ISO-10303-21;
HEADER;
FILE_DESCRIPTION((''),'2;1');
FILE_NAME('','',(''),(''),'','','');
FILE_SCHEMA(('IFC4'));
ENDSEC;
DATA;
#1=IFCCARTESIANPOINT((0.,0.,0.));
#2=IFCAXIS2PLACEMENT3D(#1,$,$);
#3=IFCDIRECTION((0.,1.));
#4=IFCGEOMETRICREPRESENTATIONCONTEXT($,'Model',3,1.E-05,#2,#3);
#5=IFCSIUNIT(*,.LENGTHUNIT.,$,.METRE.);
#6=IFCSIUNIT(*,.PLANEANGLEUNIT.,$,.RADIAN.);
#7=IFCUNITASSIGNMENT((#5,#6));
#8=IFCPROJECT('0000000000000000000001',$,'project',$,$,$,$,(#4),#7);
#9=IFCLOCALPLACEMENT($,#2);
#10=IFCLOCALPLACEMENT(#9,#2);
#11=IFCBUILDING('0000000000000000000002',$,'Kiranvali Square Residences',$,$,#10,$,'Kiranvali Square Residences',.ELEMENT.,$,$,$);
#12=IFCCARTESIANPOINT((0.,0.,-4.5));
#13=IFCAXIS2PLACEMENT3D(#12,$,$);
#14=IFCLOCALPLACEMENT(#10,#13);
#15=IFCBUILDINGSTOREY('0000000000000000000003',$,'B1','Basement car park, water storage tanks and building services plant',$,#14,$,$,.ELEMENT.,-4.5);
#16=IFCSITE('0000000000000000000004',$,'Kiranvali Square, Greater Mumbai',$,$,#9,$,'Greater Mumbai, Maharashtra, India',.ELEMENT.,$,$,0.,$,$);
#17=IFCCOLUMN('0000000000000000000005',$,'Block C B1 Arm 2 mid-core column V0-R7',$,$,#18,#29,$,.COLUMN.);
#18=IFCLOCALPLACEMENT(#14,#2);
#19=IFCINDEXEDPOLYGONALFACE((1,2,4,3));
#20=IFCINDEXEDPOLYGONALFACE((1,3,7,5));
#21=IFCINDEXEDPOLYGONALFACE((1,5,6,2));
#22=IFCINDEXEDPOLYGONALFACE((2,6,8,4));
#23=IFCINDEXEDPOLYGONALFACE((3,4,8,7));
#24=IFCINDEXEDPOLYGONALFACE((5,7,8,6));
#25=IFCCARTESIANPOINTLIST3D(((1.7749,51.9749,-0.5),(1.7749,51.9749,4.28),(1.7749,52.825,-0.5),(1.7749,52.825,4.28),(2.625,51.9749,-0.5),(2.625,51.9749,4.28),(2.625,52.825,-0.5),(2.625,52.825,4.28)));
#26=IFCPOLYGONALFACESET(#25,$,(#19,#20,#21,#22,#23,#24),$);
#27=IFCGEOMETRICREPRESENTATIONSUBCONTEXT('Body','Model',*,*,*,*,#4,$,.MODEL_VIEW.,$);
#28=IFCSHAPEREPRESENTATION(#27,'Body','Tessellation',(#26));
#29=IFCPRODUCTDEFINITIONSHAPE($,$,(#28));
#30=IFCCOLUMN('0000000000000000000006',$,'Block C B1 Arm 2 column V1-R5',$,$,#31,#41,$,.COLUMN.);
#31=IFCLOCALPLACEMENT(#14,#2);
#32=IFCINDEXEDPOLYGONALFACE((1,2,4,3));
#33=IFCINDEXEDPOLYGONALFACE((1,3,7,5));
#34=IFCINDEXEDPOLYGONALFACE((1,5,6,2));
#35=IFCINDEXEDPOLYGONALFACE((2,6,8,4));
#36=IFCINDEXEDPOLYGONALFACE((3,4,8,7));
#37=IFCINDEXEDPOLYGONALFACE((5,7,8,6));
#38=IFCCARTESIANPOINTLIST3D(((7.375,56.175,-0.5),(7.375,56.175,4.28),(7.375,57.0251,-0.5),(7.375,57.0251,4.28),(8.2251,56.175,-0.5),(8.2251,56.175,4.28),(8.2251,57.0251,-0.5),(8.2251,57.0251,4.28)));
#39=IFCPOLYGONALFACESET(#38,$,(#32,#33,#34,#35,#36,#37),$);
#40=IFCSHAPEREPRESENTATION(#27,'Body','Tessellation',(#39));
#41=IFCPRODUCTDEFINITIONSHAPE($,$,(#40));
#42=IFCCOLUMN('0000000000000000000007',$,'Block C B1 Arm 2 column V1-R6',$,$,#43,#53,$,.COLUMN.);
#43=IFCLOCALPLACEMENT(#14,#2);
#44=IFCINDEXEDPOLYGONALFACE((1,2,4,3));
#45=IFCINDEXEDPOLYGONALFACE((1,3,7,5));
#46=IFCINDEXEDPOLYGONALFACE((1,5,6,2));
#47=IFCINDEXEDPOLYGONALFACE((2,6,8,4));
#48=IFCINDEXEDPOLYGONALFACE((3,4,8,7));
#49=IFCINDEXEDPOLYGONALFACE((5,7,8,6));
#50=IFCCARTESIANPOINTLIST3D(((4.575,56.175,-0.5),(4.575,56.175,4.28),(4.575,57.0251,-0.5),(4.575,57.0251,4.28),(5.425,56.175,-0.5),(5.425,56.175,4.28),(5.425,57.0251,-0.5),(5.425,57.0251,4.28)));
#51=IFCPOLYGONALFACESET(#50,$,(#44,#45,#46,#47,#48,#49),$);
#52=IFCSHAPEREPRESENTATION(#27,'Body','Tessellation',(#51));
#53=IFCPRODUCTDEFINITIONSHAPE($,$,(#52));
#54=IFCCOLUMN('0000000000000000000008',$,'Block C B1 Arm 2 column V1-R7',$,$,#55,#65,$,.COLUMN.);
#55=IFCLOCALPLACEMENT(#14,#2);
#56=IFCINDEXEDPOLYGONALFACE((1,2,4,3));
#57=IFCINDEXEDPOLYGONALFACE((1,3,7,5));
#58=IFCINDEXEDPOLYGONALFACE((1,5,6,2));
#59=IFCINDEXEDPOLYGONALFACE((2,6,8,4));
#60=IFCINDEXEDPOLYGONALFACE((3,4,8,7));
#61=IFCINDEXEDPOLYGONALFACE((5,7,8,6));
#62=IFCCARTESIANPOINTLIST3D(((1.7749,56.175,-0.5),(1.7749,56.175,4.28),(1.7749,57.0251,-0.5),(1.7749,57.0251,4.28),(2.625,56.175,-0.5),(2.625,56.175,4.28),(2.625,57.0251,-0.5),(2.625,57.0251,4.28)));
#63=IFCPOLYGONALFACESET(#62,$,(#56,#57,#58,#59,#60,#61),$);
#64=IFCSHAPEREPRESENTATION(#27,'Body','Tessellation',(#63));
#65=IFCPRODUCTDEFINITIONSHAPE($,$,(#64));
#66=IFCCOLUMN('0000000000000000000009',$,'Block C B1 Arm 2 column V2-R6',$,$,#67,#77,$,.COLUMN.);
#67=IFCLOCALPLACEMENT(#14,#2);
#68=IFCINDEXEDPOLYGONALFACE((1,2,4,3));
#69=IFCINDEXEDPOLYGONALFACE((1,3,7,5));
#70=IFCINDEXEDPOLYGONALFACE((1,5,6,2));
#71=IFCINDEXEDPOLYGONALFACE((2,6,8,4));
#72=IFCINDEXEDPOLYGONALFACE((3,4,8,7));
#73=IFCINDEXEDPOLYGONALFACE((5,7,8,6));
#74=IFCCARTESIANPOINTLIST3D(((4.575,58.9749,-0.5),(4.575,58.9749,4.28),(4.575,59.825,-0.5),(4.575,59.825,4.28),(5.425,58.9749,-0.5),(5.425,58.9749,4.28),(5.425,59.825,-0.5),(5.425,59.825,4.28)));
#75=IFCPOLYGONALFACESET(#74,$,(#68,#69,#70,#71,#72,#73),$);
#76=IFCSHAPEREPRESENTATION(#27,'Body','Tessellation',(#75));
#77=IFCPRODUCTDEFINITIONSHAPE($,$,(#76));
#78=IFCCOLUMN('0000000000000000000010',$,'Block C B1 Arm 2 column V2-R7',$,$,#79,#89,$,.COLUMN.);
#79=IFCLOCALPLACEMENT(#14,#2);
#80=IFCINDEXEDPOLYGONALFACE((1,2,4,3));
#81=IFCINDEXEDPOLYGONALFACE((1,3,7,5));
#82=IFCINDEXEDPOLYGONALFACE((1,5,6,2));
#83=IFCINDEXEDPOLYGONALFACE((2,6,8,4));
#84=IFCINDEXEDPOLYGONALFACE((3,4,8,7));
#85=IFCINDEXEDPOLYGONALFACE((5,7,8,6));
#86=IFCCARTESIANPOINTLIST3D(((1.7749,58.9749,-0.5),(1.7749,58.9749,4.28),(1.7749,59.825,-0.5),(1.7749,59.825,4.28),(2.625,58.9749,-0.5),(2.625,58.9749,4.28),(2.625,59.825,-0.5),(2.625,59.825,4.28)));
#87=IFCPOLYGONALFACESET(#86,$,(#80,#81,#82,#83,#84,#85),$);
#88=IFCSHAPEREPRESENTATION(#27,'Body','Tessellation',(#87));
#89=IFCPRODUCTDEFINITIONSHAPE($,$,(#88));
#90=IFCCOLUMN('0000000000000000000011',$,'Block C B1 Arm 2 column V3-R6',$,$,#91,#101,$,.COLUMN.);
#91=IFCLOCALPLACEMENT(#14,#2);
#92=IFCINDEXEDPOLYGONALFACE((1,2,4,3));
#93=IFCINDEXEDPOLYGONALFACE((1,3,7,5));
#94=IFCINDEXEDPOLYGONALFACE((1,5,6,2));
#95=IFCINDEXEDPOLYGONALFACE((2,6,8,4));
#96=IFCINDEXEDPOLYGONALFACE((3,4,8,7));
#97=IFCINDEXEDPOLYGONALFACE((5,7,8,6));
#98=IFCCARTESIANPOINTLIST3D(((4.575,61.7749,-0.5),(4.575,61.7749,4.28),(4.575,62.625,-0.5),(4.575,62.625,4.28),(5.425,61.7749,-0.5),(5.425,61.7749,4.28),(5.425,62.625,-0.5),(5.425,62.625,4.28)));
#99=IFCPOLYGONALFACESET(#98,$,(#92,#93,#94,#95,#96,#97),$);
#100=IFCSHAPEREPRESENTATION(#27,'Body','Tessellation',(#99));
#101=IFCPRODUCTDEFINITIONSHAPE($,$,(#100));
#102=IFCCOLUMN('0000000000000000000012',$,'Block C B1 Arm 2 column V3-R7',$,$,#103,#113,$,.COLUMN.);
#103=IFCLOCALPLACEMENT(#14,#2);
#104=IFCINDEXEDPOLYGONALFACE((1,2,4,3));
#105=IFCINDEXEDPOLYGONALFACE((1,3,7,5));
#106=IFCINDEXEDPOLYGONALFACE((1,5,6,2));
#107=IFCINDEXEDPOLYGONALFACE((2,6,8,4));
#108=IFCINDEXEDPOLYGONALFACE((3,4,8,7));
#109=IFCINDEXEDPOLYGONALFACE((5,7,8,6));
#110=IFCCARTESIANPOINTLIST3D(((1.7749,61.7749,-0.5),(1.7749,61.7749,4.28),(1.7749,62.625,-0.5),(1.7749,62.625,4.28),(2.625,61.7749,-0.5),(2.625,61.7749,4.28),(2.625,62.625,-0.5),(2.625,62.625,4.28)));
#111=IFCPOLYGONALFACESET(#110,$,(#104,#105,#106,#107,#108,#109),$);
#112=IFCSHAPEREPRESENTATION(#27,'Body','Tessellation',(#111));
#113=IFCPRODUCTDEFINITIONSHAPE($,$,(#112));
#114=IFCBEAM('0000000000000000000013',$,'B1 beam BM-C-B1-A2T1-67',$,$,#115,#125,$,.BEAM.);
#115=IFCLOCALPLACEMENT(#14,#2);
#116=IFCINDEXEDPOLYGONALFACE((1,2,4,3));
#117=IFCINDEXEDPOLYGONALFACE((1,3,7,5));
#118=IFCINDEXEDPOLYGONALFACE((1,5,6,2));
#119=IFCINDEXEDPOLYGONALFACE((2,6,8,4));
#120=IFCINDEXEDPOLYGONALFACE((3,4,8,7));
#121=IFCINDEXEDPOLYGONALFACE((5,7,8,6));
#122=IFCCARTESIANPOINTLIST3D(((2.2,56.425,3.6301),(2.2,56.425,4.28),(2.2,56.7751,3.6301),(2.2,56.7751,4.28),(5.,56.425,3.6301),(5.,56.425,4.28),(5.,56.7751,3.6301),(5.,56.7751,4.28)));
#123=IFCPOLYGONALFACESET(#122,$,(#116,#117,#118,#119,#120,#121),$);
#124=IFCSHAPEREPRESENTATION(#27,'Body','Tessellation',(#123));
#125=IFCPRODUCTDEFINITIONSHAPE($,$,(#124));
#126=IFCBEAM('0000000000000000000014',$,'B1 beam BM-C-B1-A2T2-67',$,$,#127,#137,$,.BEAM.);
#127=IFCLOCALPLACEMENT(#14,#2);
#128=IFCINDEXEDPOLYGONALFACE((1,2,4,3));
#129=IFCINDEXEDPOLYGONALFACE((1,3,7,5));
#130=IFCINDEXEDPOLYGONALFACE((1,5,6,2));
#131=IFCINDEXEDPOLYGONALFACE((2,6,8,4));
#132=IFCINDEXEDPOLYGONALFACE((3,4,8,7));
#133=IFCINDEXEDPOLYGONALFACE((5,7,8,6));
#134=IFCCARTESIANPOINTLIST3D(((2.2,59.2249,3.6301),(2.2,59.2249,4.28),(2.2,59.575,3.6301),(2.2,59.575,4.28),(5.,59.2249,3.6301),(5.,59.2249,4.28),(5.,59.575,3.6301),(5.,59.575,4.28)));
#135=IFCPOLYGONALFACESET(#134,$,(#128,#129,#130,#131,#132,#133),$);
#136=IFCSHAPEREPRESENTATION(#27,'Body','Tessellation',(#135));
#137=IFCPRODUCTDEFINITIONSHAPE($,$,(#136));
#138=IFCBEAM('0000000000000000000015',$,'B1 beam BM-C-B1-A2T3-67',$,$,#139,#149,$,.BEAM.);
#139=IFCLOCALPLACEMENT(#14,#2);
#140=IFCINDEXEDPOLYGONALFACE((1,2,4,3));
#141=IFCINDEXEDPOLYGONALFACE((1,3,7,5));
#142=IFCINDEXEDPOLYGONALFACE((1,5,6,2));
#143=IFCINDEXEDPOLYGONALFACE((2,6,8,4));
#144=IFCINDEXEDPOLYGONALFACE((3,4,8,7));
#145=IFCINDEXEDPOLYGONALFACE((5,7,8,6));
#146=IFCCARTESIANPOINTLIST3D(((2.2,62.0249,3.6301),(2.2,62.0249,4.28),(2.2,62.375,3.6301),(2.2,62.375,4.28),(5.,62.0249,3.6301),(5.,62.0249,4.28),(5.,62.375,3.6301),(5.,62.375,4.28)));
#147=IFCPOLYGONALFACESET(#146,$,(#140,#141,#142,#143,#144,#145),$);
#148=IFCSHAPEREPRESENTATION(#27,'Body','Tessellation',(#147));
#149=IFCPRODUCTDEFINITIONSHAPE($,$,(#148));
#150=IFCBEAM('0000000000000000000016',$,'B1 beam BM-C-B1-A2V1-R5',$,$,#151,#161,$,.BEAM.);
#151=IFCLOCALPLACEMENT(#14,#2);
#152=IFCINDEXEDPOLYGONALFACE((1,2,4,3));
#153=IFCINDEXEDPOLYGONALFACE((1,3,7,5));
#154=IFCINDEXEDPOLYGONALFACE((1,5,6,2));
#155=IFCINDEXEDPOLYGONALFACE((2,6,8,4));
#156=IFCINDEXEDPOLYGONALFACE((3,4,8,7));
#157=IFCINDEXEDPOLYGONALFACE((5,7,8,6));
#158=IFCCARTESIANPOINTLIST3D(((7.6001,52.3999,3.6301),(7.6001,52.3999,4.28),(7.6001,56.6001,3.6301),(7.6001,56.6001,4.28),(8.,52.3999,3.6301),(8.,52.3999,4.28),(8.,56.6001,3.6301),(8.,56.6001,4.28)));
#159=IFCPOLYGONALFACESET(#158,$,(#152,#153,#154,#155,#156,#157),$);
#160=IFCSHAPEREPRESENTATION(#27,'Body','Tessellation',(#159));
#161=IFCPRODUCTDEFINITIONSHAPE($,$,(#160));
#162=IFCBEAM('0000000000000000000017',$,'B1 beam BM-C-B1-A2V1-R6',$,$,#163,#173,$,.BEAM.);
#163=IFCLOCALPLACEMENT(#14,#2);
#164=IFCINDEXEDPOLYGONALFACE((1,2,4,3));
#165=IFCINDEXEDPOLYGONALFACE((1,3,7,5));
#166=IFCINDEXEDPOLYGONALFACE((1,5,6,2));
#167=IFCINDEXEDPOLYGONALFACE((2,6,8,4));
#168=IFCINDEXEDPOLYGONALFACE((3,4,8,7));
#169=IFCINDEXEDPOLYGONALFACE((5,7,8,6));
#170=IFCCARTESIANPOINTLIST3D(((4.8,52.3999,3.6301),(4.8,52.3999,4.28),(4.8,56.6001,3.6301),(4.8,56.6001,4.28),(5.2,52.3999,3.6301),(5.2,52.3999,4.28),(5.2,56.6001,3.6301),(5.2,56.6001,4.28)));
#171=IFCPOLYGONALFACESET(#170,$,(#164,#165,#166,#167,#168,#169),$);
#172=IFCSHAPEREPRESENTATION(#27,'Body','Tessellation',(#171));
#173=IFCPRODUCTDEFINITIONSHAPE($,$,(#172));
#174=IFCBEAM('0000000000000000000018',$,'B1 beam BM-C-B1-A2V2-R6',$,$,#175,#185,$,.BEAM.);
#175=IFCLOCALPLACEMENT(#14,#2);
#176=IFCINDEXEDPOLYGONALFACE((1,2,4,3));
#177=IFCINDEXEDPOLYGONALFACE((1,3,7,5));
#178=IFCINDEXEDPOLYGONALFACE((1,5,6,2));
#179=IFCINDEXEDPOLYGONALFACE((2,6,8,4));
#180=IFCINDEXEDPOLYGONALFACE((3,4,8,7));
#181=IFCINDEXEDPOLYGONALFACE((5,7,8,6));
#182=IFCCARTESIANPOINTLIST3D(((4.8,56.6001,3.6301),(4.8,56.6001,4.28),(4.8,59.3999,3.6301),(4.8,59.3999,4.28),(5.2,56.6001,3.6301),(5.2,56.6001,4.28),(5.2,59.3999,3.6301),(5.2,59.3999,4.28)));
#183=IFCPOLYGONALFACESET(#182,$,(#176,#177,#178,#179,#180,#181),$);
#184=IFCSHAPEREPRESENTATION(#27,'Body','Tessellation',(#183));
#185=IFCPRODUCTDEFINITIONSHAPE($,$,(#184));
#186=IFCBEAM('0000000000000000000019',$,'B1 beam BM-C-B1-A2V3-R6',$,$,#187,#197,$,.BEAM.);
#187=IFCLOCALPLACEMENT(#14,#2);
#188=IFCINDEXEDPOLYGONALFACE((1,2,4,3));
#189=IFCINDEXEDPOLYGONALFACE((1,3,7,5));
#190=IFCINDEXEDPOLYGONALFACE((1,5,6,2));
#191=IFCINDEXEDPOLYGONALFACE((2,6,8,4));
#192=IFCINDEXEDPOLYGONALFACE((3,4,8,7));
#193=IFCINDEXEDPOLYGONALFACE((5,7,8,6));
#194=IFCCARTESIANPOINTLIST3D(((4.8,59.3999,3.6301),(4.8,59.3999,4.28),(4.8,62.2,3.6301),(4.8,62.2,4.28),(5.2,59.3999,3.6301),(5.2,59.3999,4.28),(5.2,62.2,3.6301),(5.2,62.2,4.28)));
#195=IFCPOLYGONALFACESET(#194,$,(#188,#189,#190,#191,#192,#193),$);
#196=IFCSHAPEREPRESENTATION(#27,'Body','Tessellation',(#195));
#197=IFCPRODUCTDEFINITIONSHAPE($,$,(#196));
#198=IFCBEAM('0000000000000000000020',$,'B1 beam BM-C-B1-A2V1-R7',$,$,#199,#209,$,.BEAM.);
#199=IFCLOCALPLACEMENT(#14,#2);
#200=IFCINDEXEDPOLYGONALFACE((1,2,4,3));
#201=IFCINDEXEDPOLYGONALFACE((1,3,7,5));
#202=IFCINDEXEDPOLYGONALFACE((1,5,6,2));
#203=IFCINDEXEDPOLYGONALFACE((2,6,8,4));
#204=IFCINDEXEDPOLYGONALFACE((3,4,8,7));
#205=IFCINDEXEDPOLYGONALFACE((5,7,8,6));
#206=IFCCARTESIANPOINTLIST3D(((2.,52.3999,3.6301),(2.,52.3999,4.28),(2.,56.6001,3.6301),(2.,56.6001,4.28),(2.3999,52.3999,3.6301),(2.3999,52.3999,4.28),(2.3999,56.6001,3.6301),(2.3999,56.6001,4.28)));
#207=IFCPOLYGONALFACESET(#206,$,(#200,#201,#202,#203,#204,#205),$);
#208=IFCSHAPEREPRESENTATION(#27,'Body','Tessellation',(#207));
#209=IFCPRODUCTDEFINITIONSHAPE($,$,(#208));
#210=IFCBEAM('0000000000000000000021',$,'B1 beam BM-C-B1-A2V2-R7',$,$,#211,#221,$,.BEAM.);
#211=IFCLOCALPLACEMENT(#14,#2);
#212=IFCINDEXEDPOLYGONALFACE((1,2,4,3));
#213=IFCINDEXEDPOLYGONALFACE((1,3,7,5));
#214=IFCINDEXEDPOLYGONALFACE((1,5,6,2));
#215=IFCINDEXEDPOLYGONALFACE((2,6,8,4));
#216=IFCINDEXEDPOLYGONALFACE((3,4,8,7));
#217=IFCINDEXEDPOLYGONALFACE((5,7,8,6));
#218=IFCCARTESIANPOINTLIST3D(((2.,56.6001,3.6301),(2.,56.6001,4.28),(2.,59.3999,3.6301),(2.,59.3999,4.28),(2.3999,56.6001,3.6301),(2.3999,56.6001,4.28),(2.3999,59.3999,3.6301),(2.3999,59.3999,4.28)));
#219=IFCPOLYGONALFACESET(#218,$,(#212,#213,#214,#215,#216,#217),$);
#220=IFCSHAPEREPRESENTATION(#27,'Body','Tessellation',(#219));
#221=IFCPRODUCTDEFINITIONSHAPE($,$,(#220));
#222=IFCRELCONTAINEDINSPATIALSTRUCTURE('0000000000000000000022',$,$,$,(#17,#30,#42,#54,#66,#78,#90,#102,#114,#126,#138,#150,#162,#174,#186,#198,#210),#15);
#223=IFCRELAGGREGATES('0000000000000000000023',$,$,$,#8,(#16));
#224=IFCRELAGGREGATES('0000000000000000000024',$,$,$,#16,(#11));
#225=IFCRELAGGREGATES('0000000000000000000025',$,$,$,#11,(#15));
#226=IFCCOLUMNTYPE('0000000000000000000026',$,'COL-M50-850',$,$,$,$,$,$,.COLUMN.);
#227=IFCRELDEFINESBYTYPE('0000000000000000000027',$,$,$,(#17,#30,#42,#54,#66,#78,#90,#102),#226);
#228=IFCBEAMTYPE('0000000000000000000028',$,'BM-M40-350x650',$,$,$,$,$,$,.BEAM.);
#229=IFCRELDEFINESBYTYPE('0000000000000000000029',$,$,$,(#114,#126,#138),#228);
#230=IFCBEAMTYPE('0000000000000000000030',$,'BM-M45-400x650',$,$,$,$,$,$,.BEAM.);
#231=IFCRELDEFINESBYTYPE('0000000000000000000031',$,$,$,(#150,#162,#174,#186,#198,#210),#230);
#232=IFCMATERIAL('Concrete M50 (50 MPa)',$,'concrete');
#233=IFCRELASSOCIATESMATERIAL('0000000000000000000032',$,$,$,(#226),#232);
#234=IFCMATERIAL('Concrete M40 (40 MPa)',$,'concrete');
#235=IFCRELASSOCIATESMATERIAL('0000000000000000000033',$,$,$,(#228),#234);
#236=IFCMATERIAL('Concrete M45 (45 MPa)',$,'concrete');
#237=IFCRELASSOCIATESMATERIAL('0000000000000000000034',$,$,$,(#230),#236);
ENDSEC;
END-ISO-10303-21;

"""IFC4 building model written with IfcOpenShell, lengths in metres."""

from ifc_helpers import new_model, si_unit, direction, frame, origin, origin_2d, place, context, subcontext, project, spatial, rectangle, extrude, material, material_profile, profile_set, type_object, element, save


model = new_model("IFC4")

# Units and contexts
model_context = context("Model", 3, precision=1e-05, world=origin(), true_north=direction((0.0, 1.0)))
body_context = subcontext(model_context, "Body", "Model", "MODEL_VIEW")
ifc_project = project(units=[si_unit("LENGTHUNIT", "METRE"), si_unit("PLANEANGLEUNIT", "RADIAN")], contexts=[model_context])

# Site, building, storey
site_placement = place(None, origin())
site = spatial("IfcSite", under=ifc_project, at=site_placement, Name="Kiranvali Square, Greater Mumbai", LongName="Greater Mumbai, Maharashtra, India", CompositionType="ELEMENT", RefElevation=0.0)
building_placement = place(site_placement, origin())
building = spatial("IfcBuilding", under=site, at=building_placement, Name="Kiranvali Square Residences", LongName="Kiranvali Square Residences", CompositionType="ELEMENT")
storey_placement = place(building_placement, frame((0.0, 0.0, -4.5)))
storey = spatial("IfcBuildingStorey", under=building, at=storey_placement, Name="B1", Description="Basement car park, water storage tanks and building services plant", CompositionType="ELEMENT", Elevation=-4.5)

# Shared definitions
ifc_material_1 = material(Name="Concrete M40 (40 MPa)", Category="concrete")

# Columns
ifc_material_2 = material(Name="Concrete M50 (50 MPa)", Category="concrete")
ifc_material_profile_1 = material_profile(ifc_material_2, rectangle(XDim=0.8501, YDim=0.8501, at=origin_2d()), Name="RC 850x850")
ifc_profile_set_1 = profile_set([ifc_material_profile_1], Name="Concrete M50 (50 MPa)")
column_type = type_object("IfcColumnType", Name="COL-M50-850", PredefinedType="COLUMN", material=ifc_profile_set_1)
for number, where, z_axis, x_axis, name in (
    (1, (2.2, 52.3999, -0.5), (0.0, 0.0, 1.0), (1.0, 0.0, 0.0), "Block C B1 Arm 2 mid-core column V0-R7"),
    (2, (7.8, 56.6001, -0.5), (0.0, 0.0, 1.0), (1.0, 0.0, 0.0), "Block C B1 Arm 2 column V1-R5"),
    (3, (5.0, 56.6001, -0.5), (0.0, 0.0, 1.0), (1.0, 0.0, 0.0), "Block C B1 Arm 2 column V1-R6"),
    (4, (2.2, 56.6001, -0.5), (0.0, 0.0, 1.0), (1.0, 0.0, 0.0), "Block C B1 Arm 2 column V1-R7"),
    (5, (5.0, 59.3999, -0.5), (0.0, 0.0, 1.0), (1.0, 0.0, 0.0), "Block C B1 Arm 2 column V2-R6"),
    (6, (2.2, 59.3999, -0.5), (0.0, 0.0, 1.0), (1.0, 0.0, 0.0), "Block C B1 Arm 2 column V2-R7"),
    (7, (5.0, 62.2, -0.5), (0.0, 0.0, 1.0), (1.0, 0.0, 0.0), "Block C B1 Arm 2 column V3-R6"),
    (8, (2.2, 62.2, -0.5), (0.0, 0.0, 1.0), (1.0, 0.0, 0.0), "Block C B1 Arm 2 column V3-R7"),
):
    element("IfcColumn", number, at=place(storey_placement, frame(where, z_axis=z_axis, x_axis=x_axis)), inside=storey, type_object=column_type, Name=name, PredefinedType="COLUMN", context=body_context, shape_type="SweptSolid", body=[
        extrude(rectangle(XDim=0.8501, YDim=0.8501, at=origin_2d()), origin(), (0.0, 0.0, 1.0), 4.78),
    ])

# Beams
ifc_material_profile_2 = material_profile(ifc_material_1, rectangle(XDim=0.3501, YDim=0.6499, at=origin_2d()), Name="RC 350x650")
ifc_profile_set_2 = profile_set([ifc_material_profile_2], Name="Concrete M40 (40 MPa)")
beam_type_1 = type_object("IfcBeamType", Name="BM-M40-350x650", PredefinedType="BEAM", material=ifc_profile_set_2)
for number, where, z_axis, x_axis, name in (
    (9, (5.0, 56.6001, 3.9551), (-1.0, 0.0, 0.0), (0.0, -1.0, 0.0), "B1 beam BM-C-B1-A2T1-67"),
    (10, (5.0, 59.3999, 3.9551), (-1.0, 0.0, 0.0), (0.0, -1.0, 0.0), "B1 beam BM-C-B1-A2T2-67"),
    (11, (5.0, 62.2, 3.9551), (-1.0, 0.0, 0.0), (0.0, -1.0, 0.0), "B1 beam BM-C-B1-A2T3-67"),
):
    element("IfcBeam", number, at=place(storey_placement, frame(where, z_axis=z_axis, x_axis=x_axis)), inside=storey, type_object=beam_type_1, Name=name, PredefinedType="BEAM", context=body_context, shape_type="SweptSolid", body=[
        extrude(rectangle(XDim=0.3501, YDim=0.6499, at=origin_2d()), origin(), (0.0, 0.0, 1.0), 2.8),
    ])
ifc_material_3 = material(Name="Concrete M45 (45 MPa)", Category="concrete")
ifc_material_profile_3 = material_profile(ifc_material_3, rectangle(XDim=0.3999, YDim=0.6499, at=origin_2d()), Name="RC 400x650")
ifc_profile_set_3 = profile_set([ifc_material_profile_3], Name="Concrete M45 (45 MPa)")
beam_type_2 = type_object("IfcBeamType", Name="BM-M45-400x650", PredefinedType="BEAM", material=ifc_profile_set_3)
for number, where, z_axis, x_axis, name in (
    (12, (7.8, 52.3999, 3.9551), (0.0, 1.0, 0.0), (-1.0, 0.0, 0.0), "B1 beam BM-C-B1-A2V1-R5"),
    (13, (5.0, 52.3999, 3.9551), (0.0, 1.0, 0.0), (-1.0, 0.0, 0.0), "B1 beam BM-C-B1-A2V1-R6"),
):
    element("IfcBeam", number, at=place(storey_placement, frame(where, z_axis=z_axis, x_axis=x_axis)), inside=storey, type_object=beam_type_2, Name=name, PredefinedType="BEAM", context=body_context, shape_type="SweptSolid", body=[
        extrude(rectangle(XDim=0.3999, YDim=0.6499, at=origin_2d()), origin(), (0.0, 0.0, 1.0), 4.2002),
    ])
beam_1_placement = place(storey_placement, frame((5.0, 56.6001, 3.9551), z_axis=(0.0, 1.0, 0.0), x_axis=(-1.0, 0.0, 0.0)))
element("IfcBeam", 14, at=beam_1_placement, inside=storey, type_object=beam_type_2, Name="B1 beam BM-C-B1-A2V2-R6", PredefinedType="BEAM", context=body_context, shape_type="SweptSolid", body=[
    extrude(rectangle(XDim=0.3999, YDim=0.6499, at=origin_2d()), origin(), (0.0, 0.0, 1.0), 2.7998),
])
beam_2_placement = place(storey_placement, frame((5.0, 59.3999, 3.9551), z_axis=(0.0, 1.0, 0.0), x_axis=(-1.0, 0.0, 0.0)))
element("IfcBeam", 15, at=beam_2_placement, inside=storey, type_object=beam_type_2, Name="B1 beam BM-C-B1-A2V3-R6", PredefinedType="BEAM", context=body_context, shape_type="SweptSolid", body=[
    extrude(rectangle(XDim=0.3999, YDim=0.6499, at=origin_2d()), origin(), (0.0, 0.0, 1.0), 2.8),
])
beam_3_placement = place(storey_placement, frame((2.2, 52.3999, 3.9551), z_axis=(0.0, 1.0, 0.0), x_axis=(-1.0, 0.0, 0.0)))
element("IfcBeam", 16, at=beam_3_placement, inside=storey, type_object=beam_type_2, Name="B1 beam BM-C-B1-A2V1-R7", PredefinedType="BEAM", context=body_context, shape_type="SweptSolid", body=[
    extrude(rectangle(XDim=0.3999, YDim=0.6499, at=origin_2d()), origin(), (0.0, 0.0, 1.0), 4.2002),
])
beam_4_placement = place(storey_placement, frame((2.2, 56.6001, 3.9551), z_axis=(0.0, 1.0, 0.0), x_axis=(-1.0, 0.0, 0.0)))
element("IfcBeam", 17, at=beam_4_placement, inside=storey, type_object=beam_type_2, Name="B1 beam BM-C-B1-A2V2-R7", PredefinedType="BEAM", context=body_context, shape_type="SweptSolid", body=[
    extrude(rectangle(XDim=0.3999, YDim=0.6499, at=origin_2d()), origin(), (0.0, 0.0, 1.0), 2.7998),
])

save(model, "model.ifc")
